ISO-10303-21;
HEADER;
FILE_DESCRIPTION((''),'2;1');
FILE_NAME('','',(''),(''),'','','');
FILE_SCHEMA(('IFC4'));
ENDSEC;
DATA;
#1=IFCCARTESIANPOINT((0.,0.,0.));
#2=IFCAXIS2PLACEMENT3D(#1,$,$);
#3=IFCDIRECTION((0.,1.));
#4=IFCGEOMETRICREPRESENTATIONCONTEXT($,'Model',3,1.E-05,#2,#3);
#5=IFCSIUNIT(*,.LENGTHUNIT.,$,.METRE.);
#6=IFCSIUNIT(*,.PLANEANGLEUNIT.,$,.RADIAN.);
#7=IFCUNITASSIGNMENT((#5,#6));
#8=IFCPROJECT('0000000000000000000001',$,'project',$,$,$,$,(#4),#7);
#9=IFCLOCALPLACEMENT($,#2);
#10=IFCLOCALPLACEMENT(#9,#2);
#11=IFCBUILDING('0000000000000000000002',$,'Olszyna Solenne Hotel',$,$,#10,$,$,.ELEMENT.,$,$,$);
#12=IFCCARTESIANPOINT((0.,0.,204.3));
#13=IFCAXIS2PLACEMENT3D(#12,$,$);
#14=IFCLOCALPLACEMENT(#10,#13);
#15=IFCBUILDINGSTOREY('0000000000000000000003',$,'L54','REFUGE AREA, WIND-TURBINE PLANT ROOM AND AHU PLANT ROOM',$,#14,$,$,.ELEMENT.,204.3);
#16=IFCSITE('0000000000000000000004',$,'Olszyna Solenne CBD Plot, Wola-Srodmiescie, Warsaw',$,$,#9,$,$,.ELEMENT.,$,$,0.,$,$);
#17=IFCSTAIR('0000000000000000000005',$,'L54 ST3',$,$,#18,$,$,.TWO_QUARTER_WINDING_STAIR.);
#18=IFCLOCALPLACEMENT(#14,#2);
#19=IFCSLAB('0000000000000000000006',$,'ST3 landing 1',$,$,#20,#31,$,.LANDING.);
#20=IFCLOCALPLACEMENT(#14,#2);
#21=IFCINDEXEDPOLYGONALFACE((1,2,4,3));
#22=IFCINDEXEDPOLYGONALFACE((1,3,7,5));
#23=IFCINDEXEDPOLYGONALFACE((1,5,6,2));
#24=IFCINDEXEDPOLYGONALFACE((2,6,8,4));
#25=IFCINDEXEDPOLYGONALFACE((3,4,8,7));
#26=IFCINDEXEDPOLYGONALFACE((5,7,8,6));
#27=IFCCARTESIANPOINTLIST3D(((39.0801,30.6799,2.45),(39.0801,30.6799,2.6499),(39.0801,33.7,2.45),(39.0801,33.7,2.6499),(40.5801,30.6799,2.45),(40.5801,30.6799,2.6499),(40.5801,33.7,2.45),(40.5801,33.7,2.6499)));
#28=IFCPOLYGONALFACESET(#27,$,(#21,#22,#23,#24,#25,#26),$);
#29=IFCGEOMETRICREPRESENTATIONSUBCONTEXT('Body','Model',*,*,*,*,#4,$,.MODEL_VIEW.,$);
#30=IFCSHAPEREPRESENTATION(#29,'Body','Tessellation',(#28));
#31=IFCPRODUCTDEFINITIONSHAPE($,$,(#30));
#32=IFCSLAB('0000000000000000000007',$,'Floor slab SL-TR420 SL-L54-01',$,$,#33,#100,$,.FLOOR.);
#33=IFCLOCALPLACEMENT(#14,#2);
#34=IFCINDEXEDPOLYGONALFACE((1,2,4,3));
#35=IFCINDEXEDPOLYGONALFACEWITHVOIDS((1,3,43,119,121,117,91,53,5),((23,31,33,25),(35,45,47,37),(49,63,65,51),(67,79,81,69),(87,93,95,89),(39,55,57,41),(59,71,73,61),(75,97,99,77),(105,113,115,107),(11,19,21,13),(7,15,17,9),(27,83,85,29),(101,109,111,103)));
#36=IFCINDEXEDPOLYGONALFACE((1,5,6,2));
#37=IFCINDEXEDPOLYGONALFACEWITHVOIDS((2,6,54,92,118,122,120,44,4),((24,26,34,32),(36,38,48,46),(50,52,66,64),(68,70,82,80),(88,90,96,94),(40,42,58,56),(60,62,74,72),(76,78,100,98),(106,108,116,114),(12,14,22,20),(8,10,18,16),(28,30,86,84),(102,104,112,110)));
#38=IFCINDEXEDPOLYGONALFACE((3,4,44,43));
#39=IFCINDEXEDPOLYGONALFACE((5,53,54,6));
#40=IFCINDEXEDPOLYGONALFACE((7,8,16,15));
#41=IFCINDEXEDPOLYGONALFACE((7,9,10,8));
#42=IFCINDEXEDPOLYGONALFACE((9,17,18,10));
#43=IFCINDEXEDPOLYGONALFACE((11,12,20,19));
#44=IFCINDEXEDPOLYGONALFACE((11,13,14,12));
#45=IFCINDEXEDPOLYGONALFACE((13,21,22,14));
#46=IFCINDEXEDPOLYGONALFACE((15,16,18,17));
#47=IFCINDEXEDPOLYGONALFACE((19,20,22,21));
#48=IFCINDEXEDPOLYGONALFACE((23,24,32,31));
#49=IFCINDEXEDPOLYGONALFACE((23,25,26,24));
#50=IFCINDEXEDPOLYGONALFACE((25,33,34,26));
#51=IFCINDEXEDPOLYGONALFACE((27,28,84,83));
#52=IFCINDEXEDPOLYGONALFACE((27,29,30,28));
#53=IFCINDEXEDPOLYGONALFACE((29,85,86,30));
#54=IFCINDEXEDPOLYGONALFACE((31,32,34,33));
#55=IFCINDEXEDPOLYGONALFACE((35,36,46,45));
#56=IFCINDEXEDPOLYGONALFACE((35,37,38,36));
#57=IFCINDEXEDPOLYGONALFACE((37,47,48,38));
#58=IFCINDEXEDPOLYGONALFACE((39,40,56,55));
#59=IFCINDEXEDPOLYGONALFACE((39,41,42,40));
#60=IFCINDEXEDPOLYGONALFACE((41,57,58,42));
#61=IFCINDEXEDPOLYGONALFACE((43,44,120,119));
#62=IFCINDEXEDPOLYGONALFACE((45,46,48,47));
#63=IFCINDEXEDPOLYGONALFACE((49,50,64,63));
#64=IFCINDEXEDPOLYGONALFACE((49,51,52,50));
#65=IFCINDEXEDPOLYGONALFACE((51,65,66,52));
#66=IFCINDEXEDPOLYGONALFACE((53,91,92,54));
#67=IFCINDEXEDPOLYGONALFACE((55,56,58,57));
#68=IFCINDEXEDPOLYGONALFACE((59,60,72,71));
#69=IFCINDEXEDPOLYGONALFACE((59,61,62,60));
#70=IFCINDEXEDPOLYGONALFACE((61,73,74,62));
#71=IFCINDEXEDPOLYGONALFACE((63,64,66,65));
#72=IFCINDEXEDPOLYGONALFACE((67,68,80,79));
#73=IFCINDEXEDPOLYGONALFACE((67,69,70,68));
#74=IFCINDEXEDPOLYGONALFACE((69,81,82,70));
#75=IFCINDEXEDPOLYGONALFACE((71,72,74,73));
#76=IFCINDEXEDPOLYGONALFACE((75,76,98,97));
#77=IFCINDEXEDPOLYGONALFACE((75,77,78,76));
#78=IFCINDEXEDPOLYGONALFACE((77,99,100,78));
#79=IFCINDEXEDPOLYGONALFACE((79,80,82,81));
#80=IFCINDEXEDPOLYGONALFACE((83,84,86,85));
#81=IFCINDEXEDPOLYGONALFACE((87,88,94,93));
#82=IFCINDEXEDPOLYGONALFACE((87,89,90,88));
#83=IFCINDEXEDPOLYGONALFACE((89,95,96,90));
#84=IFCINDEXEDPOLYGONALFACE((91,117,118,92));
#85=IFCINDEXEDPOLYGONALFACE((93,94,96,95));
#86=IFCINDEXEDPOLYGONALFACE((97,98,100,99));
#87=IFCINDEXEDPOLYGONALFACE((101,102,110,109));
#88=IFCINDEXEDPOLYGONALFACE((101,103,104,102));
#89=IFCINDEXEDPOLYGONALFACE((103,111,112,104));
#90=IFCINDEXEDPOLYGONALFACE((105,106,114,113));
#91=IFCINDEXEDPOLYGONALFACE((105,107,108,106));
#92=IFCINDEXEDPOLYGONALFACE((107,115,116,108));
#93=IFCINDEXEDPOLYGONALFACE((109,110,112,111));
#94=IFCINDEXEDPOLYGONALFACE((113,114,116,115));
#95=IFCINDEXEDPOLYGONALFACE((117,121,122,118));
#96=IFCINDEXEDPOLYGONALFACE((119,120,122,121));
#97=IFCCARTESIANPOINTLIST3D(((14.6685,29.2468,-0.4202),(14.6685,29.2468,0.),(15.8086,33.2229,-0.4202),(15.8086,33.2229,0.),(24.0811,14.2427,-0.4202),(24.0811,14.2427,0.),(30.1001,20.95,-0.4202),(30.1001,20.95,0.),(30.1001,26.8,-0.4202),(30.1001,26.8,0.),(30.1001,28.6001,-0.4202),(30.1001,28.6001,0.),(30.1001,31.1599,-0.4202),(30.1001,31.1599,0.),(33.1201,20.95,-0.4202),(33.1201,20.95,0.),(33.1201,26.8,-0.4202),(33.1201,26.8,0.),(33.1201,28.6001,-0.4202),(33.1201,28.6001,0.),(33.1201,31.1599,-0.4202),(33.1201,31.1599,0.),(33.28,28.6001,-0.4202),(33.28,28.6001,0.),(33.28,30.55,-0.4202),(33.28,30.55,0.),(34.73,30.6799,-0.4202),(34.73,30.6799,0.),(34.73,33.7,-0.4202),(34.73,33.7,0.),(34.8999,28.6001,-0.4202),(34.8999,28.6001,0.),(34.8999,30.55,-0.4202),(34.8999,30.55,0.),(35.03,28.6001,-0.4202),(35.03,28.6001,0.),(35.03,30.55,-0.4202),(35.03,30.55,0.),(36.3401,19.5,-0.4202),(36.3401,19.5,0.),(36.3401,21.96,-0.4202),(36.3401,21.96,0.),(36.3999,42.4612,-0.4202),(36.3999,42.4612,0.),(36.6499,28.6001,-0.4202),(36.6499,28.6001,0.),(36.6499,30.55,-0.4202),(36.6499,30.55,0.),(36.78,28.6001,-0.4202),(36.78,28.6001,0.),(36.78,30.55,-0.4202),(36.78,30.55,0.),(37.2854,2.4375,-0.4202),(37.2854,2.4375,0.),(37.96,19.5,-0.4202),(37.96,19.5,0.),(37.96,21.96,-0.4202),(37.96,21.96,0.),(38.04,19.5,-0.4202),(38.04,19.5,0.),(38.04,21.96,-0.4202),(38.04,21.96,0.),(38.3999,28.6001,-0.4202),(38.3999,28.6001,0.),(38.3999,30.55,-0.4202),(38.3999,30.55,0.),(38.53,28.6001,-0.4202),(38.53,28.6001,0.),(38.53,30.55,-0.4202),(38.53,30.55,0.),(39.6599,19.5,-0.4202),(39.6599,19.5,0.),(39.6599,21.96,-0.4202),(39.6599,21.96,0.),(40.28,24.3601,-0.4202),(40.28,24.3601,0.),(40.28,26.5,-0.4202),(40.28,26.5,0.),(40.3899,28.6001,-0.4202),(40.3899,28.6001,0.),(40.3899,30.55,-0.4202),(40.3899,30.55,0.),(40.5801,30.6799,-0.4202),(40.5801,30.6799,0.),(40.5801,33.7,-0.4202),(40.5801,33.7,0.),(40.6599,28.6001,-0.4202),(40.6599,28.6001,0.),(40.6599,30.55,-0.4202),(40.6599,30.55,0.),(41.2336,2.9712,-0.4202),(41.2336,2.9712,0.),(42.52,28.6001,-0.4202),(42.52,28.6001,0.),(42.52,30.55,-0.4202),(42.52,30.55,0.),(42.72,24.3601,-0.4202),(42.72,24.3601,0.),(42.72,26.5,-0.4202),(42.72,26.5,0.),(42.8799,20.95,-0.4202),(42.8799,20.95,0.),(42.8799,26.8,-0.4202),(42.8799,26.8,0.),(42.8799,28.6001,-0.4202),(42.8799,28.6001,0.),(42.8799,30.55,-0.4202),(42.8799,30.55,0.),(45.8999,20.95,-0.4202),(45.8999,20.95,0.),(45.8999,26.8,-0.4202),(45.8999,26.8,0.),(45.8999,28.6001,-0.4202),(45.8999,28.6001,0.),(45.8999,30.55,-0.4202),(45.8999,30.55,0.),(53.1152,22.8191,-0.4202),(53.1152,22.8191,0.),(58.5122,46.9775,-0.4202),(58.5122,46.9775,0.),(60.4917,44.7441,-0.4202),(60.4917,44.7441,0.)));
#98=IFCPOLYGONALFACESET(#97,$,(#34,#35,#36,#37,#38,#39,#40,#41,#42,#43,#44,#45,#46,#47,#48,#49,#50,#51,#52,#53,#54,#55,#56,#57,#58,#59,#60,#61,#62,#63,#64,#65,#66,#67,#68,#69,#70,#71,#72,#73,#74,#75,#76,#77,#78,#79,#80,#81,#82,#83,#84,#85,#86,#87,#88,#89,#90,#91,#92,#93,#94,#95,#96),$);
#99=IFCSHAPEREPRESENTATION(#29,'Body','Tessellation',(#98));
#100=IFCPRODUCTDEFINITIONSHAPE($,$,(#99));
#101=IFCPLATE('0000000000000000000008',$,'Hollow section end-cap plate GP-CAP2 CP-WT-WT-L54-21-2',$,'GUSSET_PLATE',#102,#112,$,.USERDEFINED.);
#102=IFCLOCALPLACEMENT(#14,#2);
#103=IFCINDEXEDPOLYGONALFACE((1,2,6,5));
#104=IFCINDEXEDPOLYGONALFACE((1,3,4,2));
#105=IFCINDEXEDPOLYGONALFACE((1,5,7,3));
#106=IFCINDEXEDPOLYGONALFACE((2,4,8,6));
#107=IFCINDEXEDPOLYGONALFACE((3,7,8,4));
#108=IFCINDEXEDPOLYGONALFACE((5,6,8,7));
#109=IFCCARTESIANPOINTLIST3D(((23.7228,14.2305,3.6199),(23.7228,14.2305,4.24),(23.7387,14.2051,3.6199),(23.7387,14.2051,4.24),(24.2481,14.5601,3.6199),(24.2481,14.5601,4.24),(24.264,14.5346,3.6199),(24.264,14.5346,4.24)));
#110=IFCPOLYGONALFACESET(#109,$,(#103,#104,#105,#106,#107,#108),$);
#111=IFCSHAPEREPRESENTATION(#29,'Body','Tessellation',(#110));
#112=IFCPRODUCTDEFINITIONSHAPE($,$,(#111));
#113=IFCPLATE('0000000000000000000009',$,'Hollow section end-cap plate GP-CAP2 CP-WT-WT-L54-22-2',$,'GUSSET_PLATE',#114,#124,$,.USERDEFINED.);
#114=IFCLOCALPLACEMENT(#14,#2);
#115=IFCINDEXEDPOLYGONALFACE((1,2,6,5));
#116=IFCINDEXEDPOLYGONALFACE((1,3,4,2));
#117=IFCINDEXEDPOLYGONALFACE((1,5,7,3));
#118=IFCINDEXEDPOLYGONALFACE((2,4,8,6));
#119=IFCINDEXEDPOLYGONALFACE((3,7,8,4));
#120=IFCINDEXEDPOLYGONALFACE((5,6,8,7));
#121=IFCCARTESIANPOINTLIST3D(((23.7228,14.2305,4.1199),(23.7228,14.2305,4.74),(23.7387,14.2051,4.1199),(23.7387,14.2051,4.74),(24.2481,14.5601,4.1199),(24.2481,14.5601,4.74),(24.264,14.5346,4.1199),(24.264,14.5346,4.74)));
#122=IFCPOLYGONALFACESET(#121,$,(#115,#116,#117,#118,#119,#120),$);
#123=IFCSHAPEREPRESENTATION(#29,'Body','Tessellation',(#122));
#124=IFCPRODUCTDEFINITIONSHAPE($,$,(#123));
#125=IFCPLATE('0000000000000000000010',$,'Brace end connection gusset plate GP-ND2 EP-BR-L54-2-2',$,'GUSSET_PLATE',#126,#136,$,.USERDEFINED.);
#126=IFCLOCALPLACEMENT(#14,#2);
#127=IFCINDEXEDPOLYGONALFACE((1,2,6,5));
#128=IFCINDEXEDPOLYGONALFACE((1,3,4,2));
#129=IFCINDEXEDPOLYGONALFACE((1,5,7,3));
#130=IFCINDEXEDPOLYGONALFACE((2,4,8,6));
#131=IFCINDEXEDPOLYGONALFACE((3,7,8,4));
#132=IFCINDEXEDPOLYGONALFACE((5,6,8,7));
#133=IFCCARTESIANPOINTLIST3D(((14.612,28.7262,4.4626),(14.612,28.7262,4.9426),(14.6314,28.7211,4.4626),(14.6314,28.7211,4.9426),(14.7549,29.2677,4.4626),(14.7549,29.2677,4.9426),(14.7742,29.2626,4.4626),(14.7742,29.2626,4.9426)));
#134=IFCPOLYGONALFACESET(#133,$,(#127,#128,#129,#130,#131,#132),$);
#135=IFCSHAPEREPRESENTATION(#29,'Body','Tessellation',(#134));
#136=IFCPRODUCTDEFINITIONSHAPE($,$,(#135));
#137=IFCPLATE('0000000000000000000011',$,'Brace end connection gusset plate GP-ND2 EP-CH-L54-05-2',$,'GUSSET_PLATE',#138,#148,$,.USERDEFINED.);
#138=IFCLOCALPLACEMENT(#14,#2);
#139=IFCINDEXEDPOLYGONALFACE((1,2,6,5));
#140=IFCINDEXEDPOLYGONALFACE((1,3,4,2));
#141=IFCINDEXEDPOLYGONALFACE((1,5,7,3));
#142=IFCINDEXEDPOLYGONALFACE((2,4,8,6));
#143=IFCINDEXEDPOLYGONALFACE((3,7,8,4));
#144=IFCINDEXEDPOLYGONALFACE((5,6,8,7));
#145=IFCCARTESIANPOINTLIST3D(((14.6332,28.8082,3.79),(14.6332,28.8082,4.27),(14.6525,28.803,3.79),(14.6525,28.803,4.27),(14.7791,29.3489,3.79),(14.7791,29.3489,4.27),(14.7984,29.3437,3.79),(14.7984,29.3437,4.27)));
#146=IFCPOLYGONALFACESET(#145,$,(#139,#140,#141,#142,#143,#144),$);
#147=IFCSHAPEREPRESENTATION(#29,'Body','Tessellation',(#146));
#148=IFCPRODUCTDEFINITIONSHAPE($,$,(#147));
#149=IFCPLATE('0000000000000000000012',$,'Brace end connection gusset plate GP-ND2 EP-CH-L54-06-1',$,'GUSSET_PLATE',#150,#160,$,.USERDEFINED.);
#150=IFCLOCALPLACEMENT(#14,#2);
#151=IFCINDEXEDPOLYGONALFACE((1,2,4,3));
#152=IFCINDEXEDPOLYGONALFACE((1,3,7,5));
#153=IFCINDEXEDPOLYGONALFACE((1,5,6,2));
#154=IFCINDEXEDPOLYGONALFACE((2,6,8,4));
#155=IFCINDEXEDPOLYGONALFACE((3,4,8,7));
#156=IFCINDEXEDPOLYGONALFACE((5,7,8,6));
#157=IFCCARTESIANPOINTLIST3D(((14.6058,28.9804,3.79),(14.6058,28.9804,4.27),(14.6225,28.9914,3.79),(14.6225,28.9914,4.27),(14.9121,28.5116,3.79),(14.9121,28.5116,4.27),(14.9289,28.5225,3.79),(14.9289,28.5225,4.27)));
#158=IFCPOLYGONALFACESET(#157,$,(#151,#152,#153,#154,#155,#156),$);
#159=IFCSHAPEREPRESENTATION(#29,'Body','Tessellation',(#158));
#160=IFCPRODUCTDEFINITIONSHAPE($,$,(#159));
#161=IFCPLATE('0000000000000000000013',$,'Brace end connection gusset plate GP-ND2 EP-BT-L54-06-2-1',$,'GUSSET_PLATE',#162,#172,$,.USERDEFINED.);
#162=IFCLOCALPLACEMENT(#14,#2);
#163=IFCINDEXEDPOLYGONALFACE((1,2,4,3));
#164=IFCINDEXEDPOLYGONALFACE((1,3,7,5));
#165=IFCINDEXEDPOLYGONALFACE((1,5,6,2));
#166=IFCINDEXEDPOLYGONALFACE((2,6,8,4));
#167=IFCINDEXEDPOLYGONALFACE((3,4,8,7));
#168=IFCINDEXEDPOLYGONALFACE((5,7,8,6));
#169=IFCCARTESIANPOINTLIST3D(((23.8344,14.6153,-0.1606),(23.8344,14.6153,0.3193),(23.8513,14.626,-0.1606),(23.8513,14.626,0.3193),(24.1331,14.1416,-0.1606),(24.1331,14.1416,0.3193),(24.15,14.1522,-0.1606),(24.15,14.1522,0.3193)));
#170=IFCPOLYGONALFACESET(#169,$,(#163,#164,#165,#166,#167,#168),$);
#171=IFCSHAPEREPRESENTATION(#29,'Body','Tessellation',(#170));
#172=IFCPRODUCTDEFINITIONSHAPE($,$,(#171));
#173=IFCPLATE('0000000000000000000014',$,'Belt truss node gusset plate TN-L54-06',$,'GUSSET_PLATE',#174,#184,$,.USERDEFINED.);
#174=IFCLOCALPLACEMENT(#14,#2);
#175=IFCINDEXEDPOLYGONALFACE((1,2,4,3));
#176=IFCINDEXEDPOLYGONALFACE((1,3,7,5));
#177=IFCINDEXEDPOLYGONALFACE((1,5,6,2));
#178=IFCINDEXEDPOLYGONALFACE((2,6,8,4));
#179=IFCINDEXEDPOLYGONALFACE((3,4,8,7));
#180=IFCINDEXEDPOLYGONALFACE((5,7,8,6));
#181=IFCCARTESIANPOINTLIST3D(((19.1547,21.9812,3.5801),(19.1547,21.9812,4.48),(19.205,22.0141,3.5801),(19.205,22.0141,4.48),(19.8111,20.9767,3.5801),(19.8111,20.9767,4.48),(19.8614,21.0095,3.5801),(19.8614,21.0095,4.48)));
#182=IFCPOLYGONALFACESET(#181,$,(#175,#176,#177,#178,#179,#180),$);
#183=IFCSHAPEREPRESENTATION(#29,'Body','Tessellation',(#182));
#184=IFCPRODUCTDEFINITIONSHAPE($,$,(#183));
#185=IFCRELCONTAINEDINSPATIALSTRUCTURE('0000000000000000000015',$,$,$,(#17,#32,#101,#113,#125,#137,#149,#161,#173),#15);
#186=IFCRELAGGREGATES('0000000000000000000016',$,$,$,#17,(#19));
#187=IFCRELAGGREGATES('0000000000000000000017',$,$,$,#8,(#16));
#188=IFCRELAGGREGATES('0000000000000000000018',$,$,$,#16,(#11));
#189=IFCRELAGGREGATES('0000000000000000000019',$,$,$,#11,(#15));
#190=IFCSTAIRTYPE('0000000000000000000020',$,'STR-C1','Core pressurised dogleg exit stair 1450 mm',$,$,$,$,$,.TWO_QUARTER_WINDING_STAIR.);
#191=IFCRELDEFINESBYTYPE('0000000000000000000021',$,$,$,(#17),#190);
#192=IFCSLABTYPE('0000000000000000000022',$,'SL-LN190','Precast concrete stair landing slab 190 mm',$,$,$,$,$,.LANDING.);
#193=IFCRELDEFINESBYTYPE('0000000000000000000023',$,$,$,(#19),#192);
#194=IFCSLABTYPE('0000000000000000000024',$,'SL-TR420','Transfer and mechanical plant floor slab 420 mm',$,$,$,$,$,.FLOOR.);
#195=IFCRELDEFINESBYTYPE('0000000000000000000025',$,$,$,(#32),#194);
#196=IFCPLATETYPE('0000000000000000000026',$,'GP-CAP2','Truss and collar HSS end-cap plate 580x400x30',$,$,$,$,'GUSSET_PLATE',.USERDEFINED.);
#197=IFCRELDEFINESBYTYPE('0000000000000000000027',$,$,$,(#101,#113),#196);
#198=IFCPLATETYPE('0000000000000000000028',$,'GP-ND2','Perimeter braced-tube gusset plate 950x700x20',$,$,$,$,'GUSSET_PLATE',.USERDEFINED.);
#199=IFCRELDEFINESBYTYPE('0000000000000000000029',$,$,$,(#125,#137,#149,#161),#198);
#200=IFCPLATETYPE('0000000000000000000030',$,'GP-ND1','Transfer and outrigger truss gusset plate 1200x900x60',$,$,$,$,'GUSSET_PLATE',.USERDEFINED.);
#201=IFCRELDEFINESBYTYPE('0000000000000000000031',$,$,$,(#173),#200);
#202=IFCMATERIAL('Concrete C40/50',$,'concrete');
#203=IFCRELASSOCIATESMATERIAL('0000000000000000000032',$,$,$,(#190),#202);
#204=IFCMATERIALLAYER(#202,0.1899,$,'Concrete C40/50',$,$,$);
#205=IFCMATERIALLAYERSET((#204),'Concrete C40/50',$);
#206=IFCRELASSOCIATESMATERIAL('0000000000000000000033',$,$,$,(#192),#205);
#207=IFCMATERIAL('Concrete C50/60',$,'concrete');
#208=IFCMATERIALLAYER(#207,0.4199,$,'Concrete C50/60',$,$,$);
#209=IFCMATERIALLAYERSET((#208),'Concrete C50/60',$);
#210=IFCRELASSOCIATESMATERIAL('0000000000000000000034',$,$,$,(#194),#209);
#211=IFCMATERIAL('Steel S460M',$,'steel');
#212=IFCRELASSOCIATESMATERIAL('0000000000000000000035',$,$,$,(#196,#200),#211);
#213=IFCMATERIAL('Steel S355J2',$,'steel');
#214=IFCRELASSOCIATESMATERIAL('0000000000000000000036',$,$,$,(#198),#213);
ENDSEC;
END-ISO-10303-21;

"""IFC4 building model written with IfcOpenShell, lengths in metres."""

from ifc_helpers import new_model, si_unit, direction, frame, origin, origin_2d, place, context, subcontext, project, spatial, polyline, rectangle, outline, extrude, source, transform, mapped, material, layer, layer_set, type_object, element, aggregate, save


model = new_model("IFC4")

# Units and contexts
model_context = context("Model", 3, precision=1e-05, world=origin(), true_north=direction((0.0, 1.0)))
body_context = subcontext(model_context, "Body", "Model", "MODEL_VIEW")
ifc_project = project(units=[si_unit("LENGTHUNIT", "METRE"), si_unit("PLANEANGLEUNIT", "RADIAN")], contexts=[model_context])

# Site, building, storey
site_placement = place(None, origin())
site = spatial("IfcSite", under=ifc_project, at=site_placement, Name="Olszyna Solenne CBD Plot, Wola-Srodmiescie, Warsaw", CompositionType="ELEMENT", RefElevation=0.0)
building_placement = place(site_placement, origin())
building = spatial("IfcBuilding", under=site, at=building_placement, Name="Olszyna Solenne Hotel", CompositionType="ELEMENT")
storey_placement = place(building_placement, frame((0.0, 0.0, 204.3)))
storey = spatial("IfcBuildingStorey", under=building, at=storey_placement, Name="L54", Description="REFUGE AREA, WIND-TURBINE PLANT ROOM AND AHU PLANT ROOM", CompositionType="ELEMENT", Elevation=204.3)

# Shared definitions
ifc_material_1 = material(Name="Steel S460M", Category="steel")

# Shared definitions
ifc_material_2 = material(Name="Steel S355J2", Category="steel")

# Stair, slab
ifc_material_3 = material(Name="Concrete C40/50", Category="concrete")
stair_type = type_object("IfcStairType", Name="STR-C1", Description="Core pressurised dogleg exit stair 1450 mm", PredefinedType="TWO_QUARTER_WINDING_STAIR", material=ifc_material_3)
ifc_layer_1 = layer(ifc_material_3, 0.1899, Name="Concrete C40/50")
ifc_layer_set_1 = layer_set([ifc_layer_1], Name="Concrete C40/50")
slab_type_1 = type_object("IfcSlabType", Name="SL-LN190", Description="Precast concrete stair landing slab 190 mm", PredefinedType="LANDING", material=ifc_layer_set_1)
stair_1_placement = place(storey_placement, origin())
stair_1 = element("IfcStair", 1, at=stair_1_placement, inside=storey, type_object=stair_type, Name="L54 ST3", PredefinedType="TWO_QUARTER_WINDING_STAIR")
slab_1_placement = place(storey_placement, frame((0.0, 0.0, 2.45)))
slab_1 = element("IfcSlab", 2, at=slab_1_placement, type_object=slab_type_1, Name="ST3 landing 1", PredefinedType="LANDING", context=body_context, shape_type="SweptSolid", body=[
    extrude(outline(polyline([(39.0801, 30.6799), (40.5801, 30.6799), (40.5801, 33.7), (39.0801, 33.7), (39.0801, 30.6799)])), origin(), (0.0, 0.0, 1.0), 0.2),
])
aggregate(stair_1, [slab_1])

# Slab
ifc_material_4 = material(Name="Concrete C50/60", Category="concrete")
ifc_layer_2 = layer(ifc_material_4, 0.4199, Name="Concrete C50/60")
ifc_layer_set_2 = layer_set([ifc_layer_2], Name="Concrete C50/60")
slab_type_2 = type_object("IfcSlabType", Name="SL-TR420", Description="Transfer and mechanical plant floor slab 420 mm", PredefinedType="FLOOR", material=ifc_layer_set_2)
slab_2_placement = place(storey_placement, frame((0.0, 0.0, -0.4202)))
element("IfcSlab", 3, at=slab_2_placement, inside=storey, type_object=slab_type_2, Name="Floor slab SL-TR420 SL-L54-01", PredefinedType="FLOOR", context=body_context, shape_type="SweptSolid", body=[
    extrude(outline(polyline([(60.4917, 44.7441), (58.5122, 46.9775), (36.3999, 42.4612), (15.8086, 33.2229), (14.6685, 29.2468), (24.0811, 14.2427), (37.2854, 2.4375), (41.2336, 2.9712), (53.1152, 22.8191), (60.4917, 44.7441)]), holes=[polyline([(30.1001, 20.95), (33.1201, 20.95), (33.1201, 26.8), (30.1001, 26.8), (30.1001, 20.95)]), polyline([(42.8799, 20.95), (45.8999, 20.95), (45.8999, 26.8), (42.8799, 26.8), (42.8799, 20.95)]), polyline([(34.73, 30.6799), (40.5801, 30.6799), (40.5801, 33.7), (34.73, 33.7), (34.73, 30.6799)]), polyline([(36.3401, 19.5), (37.96, 19.5), (37.96, 21.96), (36.3401, 21.96), (36.3401, 19.5)]), polyline([(38.04, 19.5), (39.6599, 19.5), (39.6599, 21.96), (38.04, 21.96), (38.04, 19.5)]), polyline([(30.1001, 28.6001), (33.1201, 28.6001), (33.1201, 31.1599), (30.1001, 31.1599), (30.1001, 28.6001)]), polyline([(40.28, 24.3601), (42.72, 24.3601), (42.72, 26.5), (40.28, 26.5), (40.28, 24.3601)]), polyline([(33.28, 28.6001), (34.8999, 28.6001), (34.8999, 30.55), (33.28, 30.55), (33.28, 28.6001)]), polyline([(35.03, 28.6001), (36.6499, 28.6001), (36.6499, 30.55), (35.03, 30.55), (35.03, 28.6001)]), polyline([(36.78, 28.6001), (38.3999, 28.6001), (38.3999, 30.55), (36.78, 30.55), (36.78, 28.6001)]), polyline([(38.53, 28.6001), (40.3899, 28.6001), (40.3899, 30.55), (38.53, 30.55), (38.53, 28.6001)]), polyline([(40.6599, 28.6001), (42.52, 28.6001), (42.52, 30.55), (40.6599, 30.55), (40.6599, 28.6001)]), polyline([(42.8799, 28.6001), (45.8999, 28.6001), (45.8999, 30.55), (42.8799, 30.55), (42.8799, 28.6001)])]), origin(), (0.0, 0.0, 1.0), 0.4202),
])

# Plates
plate_type_1 = type_object("IfcPlateType", Name="GP-CAP2", Description="Truss and collar HSS end-cap plate 580x400x30", ElementType="GUSSET_PLATE", PredefinedType="USERDEFINED", material=ifc_material_1)
shared_shape_1 = source(origin(), body_context, "Body", "SweptSolid", [
    extrude(rectangle(XDim=0.03, YDim=0.6201, at=origin_2d()), origin(), (0.0, 0.0, 1.0), 0.6201),
])
for number, where, z_axis, x_axis, name in (
    (4, (23.9934, 14.3826, 3.6199), (0.0, 0.0, 1.0), (0.531399, -0.847122, 0.0), "Hollow section end-cap plate GP-CAP2 CP-WT-WT-L54-21-2"),
    (5, (23.9934, 14.3826, 4.1199), (0.0, 0.0, 1.0), (0.531399, -0.847122, 0.0), "Hollow section end-cap plate GP-CAP2 CP-WT-WT-L54-22-2"),
):
    element("IfcPlate", number, at=place(storey_placement, frame(where, z_axis=z_axis, x_axis=x_axis)), inside=storey, type_object=plate_type_1, Name=name, ObjectType="GUSSET_PLATE", PredefinedType="USERDEFINED", context=body_context, shape_type="MappedRepresentation", body=[
        mapped(shared_shape_1, transform((0.0, 0.0, 0.0), x_axis=(1.0, 0.0, 0.0), y_axis=(0.0, 1.0, 0.0), z_axis=(0.0, 0.0, 1.0), scale=1.0)),
    ])
plate_type_2 = type_object("IfcPlateType", Name="GP-ND2", Description="Perimeter braced-tube gusset plate 950x700x20", ElementType="GUSSET_PLATE", PredefinedType="USERDEFINED", material=ifc_material_2)
shared_shape_2 = source(origin(), body_context, "Body", "SweptSolid", [
    extrude(rectangle(XDim=0.5601, YDim=0.02, at=origin_2d()), origin(), (0.0, 0.0, 1.0), 0.48),
])
for number, where, z_axis, x_axis, name in (
    (6, (14.6931, 28.9944, 4.4626), (0.0, 0.0, 1.0), (-0.255108, -0.966912, 0.0), "Brace end connection gusset plate GP-ND2 EP-BR-L54-2-2"),
    (7, (14.7158, 29.0759, 3.79), (0.0, 0.0, 1.0), (-0.260505, -0.965473, 0.0), "Brace end connection gusset plate GP-ND2 EP-CH-L54-05-2"),
    (8, (14.7673, 28.7515, 3.79), (0.0, 0.0, 1.0), (0.546979, -0.837146, 0.0), "Brace end connection gusset plate GP-ND2 EP-CH-L54-06-1"),
    (9, (23.9922, 14.3838, -0.1606), (0.0, 0.0, 1.0), (-0.533319, 0.845914, 0.0), "Brace end connection gusset plate GP-ND2 EP-BT-L54-06-2-1"),
):
    element("IfcPlate", number, at=place(storey_placement, frame(where, z_axis=z_axis, x_axis=x_axis)), inside=storey, type_object=plate_type_2, Name=name, ObjectType="GUSSET_PLATE", PredefinedType="USERDEFINED", context=body_context, shape_type="MappedRepresentation", body=[
        mapped(shared_shape_2, transform((0.0, 0.0, 0.0), x_axis=(1.0, 0.0, 0.0), y_axis=(0.0, 1.0, 0.0), z_axis=(0.0, 0.0, 1.0), scale=1.0)),
    ])
plate_type_3 = type_object("IfcPlateType", Name="GP-ND1", Description="Transfer and outrigger truss gusset plate 1200x900x60", ElementType="GUSSET_PLATE", PredefinedType="USERDEFINED", material=ifc_material_1)
shared_shape_3 = source(origin(), body_context, "Body", "SweptSolid", [
    extrude(rectangle(XDim=1.2, YDim=0.0601, at=origin_2d()), origin(), (0.0, 0.0, 1.0), 0.8999),
])
plate_placement = place(storey_placement, frame((19.5081, 21.4954, 3.5801), z_axis=(0.0, 0.0, 1.0), x_axis=(0.546979, -0.837146, 0.0)))
element("IfcPlate", 10, at=plate_placement, inside=storey, type_object=plate_type_3, Name="Belt truss node gusset plate TN-L54-06", ObjectType="GUSSET_PLATE", PredefinedType="USERDEFINED", context=body_context, shape_type="MappedRepresentation", body=[
    mapped(shared_shape_3, transform((0.0, 0.0, 0.0), x_axis=(1.0, 0.0, 0.0), y_axis=(0.0, 1.0, 0.0), z_axis=(0.0, 0.0, 1.0), scale=1.0)),
])

save(model, "model.ifc")
